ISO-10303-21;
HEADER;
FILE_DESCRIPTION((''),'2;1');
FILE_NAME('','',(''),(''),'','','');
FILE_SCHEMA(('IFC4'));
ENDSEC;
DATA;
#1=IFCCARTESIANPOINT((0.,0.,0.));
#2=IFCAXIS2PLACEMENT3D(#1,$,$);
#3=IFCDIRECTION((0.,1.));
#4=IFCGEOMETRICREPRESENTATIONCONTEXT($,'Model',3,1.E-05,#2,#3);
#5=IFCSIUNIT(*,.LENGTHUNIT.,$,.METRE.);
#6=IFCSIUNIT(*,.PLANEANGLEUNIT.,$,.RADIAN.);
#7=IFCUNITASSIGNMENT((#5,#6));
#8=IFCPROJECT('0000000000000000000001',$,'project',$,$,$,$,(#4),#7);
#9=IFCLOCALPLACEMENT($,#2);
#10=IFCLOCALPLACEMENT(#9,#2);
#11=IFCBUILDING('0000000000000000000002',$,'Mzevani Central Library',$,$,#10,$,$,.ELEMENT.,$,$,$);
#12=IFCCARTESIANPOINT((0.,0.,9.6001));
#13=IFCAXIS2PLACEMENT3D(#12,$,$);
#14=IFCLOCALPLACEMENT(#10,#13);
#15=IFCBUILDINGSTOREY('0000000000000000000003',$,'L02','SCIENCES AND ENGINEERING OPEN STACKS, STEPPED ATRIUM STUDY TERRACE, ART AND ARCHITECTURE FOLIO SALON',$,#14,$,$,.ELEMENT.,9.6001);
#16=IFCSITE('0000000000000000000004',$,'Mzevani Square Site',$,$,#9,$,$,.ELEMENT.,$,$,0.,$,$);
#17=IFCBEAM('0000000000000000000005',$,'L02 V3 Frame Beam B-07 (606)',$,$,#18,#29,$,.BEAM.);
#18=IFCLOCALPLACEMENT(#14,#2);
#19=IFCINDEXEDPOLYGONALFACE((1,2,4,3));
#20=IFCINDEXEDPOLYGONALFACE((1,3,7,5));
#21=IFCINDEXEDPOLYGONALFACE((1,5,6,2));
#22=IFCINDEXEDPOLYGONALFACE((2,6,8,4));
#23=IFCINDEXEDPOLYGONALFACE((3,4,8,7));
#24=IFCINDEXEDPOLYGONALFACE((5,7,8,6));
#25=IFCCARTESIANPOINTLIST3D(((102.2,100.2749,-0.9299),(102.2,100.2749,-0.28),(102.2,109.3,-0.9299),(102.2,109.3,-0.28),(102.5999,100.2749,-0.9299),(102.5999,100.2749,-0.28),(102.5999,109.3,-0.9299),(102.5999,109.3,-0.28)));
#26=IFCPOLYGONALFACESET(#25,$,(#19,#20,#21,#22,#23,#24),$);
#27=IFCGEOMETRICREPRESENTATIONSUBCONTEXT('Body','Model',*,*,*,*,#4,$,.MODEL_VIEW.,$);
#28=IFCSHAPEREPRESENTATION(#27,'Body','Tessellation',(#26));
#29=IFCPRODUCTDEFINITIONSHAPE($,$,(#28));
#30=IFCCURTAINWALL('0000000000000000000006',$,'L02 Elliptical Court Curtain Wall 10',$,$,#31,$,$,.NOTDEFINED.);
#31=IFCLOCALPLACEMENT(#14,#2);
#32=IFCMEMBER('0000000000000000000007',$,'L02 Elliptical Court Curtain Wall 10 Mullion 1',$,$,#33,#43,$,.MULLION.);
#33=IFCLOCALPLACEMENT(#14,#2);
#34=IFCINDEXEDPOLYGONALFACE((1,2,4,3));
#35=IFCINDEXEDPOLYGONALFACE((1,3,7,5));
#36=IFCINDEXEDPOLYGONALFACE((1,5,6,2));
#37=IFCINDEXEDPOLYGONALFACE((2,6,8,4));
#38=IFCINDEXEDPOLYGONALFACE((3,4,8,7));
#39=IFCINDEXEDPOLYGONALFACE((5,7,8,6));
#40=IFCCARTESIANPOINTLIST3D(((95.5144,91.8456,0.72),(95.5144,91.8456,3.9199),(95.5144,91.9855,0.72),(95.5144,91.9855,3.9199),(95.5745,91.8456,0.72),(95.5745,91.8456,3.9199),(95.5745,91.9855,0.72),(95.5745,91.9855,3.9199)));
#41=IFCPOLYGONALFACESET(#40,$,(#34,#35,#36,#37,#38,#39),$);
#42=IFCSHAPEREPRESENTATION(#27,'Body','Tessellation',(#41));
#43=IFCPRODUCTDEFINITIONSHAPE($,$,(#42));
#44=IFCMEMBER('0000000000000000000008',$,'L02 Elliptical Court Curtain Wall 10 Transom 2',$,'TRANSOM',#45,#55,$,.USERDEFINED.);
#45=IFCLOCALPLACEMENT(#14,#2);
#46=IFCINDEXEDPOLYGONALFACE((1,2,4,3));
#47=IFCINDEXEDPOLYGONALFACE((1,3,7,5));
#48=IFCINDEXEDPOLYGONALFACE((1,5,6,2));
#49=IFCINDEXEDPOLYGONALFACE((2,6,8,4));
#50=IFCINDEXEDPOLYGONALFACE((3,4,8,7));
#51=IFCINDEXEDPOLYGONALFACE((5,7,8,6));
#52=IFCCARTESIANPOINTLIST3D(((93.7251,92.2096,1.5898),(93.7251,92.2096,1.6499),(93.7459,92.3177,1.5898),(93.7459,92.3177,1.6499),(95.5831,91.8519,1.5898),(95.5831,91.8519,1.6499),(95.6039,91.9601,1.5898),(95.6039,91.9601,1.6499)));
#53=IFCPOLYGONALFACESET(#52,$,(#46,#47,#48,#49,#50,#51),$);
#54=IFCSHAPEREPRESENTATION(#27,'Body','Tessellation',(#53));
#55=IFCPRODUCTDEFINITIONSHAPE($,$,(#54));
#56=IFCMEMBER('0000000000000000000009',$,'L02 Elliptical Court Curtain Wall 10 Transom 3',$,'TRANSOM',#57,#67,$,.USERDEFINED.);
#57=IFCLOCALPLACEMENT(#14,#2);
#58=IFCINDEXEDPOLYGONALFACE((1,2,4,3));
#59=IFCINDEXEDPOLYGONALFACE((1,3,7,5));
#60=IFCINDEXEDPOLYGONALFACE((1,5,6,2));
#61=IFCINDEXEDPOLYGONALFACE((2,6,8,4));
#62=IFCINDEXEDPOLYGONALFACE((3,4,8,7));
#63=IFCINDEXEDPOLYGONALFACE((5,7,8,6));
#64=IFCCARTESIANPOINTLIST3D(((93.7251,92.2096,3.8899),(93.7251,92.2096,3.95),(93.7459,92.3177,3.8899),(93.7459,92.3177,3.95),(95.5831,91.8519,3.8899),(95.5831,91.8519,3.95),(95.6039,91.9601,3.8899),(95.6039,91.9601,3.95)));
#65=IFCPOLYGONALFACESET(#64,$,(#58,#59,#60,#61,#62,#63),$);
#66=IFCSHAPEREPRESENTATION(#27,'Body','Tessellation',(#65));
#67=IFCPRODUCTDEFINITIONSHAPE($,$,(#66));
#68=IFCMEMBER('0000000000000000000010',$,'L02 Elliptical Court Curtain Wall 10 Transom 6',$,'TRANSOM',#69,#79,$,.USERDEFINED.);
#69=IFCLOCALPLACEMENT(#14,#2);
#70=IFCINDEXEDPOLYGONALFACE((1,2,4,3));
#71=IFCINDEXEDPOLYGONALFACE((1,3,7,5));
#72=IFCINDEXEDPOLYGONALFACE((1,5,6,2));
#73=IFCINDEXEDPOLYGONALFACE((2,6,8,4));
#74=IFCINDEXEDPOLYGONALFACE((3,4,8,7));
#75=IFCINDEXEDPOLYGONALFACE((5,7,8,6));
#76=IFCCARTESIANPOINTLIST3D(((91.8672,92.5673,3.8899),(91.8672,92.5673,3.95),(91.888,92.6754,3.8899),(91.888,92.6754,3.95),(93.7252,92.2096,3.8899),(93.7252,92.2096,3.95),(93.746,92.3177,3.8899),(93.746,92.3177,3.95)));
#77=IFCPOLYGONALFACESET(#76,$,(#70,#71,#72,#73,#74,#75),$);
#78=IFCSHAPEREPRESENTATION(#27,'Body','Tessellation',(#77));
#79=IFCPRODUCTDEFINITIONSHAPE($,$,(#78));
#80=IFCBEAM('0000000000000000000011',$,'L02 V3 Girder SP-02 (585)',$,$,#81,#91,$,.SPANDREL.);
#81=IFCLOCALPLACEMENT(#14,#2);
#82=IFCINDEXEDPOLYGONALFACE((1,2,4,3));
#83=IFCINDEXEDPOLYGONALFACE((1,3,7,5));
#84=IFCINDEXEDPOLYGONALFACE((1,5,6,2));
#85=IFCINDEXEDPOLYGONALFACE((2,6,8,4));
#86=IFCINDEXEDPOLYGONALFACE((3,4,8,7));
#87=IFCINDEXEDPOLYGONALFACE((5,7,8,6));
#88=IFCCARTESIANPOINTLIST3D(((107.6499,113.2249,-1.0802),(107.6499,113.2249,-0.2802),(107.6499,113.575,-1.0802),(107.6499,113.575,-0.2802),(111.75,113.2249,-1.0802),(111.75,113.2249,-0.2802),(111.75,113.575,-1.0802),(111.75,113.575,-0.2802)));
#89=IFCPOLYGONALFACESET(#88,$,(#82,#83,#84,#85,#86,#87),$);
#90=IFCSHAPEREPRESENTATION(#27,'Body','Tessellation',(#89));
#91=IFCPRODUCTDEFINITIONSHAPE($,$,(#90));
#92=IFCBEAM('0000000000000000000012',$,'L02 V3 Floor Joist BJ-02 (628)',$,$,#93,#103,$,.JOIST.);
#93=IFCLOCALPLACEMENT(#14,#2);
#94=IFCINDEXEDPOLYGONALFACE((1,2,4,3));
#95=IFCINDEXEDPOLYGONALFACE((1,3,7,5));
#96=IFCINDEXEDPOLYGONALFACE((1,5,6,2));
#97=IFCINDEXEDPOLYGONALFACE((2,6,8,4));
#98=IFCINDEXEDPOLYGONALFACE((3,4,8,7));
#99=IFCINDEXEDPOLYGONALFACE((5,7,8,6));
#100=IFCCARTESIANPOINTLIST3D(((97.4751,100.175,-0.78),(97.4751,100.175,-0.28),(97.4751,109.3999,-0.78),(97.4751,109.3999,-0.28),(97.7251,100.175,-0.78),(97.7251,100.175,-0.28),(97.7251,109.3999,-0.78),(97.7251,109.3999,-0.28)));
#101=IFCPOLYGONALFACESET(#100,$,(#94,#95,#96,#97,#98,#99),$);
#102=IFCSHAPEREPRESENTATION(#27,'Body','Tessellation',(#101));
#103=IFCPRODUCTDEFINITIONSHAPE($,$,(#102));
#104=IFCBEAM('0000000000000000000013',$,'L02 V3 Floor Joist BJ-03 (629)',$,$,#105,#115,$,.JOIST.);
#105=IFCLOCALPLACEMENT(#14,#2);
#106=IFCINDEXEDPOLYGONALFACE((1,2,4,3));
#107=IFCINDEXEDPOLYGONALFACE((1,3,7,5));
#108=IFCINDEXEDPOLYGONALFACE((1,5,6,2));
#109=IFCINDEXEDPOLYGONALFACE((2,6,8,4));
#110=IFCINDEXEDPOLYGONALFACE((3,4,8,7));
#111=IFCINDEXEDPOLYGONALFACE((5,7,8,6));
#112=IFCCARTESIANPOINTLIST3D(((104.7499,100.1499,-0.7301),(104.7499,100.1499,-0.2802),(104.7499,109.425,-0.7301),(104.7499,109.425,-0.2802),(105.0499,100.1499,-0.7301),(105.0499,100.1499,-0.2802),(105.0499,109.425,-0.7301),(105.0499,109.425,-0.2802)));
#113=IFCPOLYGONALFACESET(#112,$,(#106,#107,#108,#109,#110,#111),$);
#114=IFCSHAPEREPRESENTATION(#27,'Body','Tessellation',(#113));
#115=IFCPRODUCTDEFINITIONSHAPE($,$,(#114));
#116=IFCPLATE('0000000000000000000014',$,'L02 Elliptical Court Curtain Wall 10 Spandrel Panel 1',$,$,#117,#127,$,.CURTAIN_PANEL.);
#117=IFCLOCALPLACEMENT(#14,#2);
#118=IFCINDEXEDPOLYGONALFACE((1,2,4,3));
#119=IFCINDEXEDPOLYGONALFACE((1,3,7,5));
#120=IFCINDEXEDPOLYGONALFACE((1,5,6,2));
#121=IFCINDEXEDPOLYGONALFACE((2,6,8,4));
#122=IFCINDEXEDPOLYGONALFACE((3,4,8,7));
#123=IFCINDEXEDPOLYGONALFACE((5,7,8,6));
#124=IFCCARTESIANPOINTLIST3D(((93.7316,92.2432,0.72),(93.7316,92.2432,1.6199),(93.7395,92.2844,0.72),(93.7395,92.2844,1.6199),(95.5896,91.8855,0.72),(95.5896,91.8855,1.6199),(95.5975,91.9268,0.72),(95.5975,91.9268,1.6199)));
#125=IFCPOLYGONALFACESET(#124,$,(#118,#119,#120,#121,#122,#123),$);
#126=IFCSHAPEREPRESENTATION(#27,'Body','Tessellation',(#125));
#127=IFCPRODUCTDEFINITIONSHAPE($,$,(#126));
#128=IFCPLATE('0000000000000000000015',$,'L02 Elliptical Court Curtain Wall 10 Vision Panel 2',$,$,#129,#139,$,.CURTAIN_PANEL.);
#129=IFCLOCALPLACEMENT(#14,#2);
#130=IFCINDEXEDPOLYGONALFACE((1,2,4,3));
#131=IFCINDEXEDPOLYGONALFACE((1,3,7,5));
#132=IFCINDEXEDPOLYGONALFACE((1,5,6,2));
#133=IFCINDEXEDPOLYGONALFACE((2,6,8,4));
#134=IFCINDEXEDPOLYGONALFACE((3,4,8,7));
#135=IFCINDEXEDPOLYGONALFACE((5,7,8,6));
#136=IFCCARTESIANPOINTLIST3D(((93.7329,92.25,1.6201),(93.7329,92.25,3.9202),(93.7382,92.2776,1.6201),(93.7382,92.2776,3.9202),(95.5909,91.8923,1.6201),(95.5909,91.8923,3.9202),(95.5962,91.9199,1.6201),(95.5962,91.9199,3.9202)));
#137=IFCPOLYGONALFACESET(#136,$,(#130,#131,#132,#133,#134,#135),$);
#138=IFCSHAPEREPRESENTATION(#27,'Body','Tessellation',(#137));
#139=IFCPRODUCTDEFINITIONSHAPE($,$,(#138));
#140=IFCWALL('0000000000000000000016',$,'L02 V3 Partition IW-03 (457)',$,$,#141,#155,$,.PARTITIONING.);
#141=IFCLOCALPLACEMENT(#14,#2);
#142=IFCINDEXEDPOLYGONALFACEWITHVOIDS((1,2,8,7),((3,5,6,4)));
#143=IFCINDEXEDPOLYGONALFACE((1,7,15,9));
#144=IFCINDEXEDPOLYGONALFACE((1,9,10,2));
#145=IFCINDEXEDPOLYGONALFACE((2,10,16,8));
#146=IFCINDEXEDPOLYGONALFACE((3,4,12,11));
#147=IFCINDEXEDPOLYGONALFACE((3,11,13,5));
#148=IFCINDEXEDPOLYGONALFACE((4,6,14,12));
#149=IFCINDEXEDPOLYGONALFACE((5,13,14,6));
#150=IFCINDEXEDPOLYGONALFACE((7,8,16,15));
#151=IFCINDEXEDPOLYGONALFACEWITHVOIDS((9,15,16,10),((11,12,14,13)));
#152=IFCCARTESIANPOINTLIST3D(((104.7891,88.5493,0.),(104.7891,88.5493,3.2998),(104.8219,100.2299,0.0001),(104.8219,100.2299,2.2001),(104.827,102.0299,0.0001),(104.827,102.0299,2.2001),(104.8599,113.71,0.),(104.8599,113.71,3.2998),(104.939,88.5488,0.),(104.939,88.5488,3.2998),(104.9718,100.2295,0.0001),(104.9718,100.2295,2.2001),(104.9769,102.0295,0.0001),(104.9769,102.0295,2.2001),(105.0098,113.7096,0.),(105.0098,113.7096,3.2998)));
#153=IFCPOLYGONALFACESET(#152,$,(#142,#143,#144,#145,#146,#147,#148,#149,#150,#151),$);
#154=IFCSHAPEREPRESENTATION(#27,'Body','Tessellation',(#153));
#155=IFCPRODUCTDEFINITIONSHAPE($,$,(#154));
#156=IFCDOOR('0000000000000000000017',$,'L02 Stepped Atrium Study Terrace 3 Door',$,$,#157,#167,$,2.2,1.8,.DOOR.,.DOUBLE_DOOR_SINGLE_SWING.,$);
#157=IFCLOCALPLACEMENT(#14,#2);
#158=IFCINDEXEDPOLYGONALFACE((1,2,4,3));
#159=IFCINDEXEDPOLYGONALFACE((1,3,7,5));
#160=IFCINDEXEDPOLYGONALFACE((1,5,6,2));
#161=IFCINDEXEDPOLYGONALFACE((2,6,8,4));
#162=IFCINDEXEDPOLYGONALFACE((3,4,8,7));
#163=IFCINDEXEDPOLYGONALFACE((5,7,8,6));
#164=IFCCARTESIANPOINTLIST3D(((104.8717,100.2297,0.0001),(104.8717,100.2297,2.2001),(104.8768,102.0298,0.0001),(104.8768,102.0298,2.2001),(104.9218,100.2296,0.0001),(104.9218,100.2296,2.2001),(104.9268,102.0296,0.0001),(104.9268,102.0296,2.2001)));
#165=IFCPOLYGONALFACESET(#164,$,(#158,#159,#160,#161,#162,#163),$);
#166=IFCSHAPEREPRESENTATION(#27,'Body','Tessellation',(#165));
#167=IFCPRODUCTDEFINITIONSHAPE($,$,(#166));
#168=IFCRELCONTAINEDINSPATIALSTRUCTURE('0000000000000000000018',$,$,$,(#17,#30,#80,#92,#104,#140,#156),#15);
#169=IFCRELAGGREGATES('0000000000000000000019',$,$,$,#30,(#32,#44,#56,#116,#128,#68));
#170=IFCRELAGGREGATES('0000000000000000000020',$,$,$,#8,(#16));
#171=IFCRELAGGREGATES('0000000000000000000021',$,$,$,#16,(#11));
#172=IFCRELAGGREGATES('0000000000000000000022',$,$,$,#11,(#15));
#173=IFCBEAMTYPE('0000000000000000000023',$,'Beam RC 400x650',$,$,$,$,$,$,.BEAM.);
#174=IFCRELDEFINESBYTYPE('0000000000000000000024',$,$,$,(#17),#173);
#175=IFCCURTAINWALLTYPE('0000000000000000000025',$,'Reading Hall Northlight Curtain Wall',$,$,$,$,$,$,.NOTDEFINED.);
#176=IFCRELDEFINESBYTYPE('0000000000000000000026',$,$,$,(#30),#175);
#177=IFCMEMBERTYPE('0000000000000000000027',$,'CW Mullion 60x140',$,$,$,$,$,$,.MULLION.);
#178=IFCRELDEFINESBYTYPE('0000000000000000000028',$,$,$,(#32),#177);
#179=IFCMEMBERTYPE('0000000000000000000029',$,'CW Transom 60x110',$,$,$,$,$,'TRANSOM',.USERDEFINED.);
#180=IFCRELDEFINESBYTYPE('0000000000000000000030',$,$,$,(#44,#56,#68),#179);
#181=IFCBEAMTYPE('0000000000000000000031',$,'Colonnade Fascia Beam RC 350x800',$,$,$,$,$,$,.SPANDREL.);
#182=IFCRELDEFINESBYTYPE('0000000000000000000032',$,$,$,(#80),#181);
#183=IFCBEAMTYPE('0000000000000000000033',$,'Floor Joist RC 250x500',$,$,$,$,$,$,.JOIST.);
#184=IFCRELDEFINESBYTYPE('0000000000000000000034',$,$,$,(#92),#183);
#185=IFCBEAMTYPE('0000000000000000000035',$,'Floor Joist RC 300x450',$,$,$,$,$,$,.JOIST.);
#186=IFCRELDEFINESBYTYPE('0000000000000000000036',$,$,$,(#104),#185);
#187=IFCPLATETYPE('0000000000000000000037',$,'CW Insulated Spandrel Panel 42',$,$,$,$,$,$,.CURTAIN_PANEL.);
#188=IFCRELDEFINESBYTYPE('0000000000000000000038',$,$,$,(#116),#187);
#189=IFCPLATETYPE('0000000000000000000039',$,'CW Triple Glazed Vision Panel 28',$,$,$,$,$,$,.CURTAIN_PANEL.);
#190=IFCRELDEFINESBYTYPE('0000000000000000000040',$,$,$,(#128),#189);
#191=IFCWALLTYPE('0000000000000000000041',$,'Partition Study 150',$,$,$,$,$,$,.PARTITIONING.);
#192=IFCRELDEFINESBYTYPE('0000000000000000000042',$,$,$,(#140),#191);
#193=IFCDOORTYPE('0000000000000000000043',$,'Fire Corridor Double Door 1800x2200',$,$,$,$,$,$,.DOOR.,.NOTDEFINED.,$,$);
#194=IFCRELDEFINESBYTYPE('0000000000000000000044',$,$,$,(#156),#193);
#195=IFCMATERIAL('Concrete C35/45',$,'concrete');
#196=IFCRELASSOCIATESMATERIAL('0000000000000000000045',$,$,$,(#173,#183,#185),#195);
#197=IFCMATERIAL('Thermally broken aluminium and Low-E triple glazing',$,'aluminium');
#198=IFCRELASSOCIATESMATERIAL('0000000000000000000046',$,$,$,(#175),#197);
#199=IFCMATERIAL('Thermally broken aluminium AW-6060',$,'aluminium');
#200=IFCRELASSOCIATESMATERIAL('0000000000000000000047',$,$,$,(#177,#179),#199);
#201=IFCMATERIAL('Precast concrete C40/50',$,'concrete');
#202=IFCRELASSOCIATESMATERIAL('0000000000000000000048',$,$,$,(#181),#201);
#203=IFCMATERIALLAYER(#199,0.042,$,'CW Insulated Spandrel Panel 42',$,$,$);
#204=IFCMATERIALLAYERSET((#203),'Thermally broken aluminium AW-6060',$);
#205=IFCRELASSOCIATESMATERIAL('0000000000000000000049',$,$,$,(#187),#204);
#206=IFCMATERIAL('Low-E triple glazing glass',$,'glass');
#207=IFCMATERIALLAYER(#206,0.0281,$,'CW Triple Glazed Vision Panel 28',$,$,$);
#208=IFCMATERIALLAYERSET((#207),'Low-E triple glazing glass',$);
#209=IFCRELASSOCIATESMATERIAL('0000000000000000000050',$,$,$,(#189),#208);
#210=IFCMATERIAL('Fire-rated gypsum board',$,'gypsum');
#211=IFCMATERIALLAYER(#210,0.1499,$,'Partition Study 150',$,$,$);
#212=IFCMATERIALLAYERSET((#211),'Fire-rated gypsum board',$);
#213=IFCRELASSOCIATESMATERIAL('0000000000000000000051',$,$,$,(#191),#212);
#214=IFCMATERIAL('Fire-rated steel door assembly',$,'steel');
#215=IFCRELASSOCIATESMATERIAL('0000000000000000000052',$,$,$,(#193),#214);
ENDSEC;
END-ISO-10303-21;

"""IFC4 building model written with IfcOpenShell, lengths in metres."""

from ifc_helpers import new_model, si_unit, direction, frame, frame_2d, origin, origin_2d, place, context, subcontext, project, spatial, rectangle, extrude, material, layer, layer_set, material_profile, profile_set, type_object, element, fill, aggregate, save


model = new_model("IFC4")

# Units and contexts
model_context = context("Model", 3, precision=1e-05, world=origin(), true_north=direction((0.0, 1.0)))
body_context = subcontext(model_context, "Body", "Model", "MODEL_VIEW")
ifc_project = project(units=[si_unit("LENGTHUNIT", "METRE"), si_unit("PLANEANGLEUNIT", "RADIAN")], contexts=[model_context])

# Site, building, storey
site_placement = place(None, origin())
site = spatial("IfcSite", under=ifc_project, at=site_placement, Name="Mzevani Square Site", CompositionType="ELEMENT", RefElevation=0.0)
building_placement = place(site_placement, origin())
building = spatial("IfcBuilding", under=site, at=building_placement, Name="Mzevani Central Library", CompositionType="ELEMENT")
storey_placement = place(building_placement, frame((0.0, 0.0, 9.6001)))
storey = spatial("IfcBuildingStorey", under=building, at=storey_placement, Name="L02", Description="SCIENCES AND ENGINEERING OPEN STACKS, STEPPED ATRIUM STUDY TERRACE, ART AND ARCHITECTURE FOLIO SALON", CompositionType="ELEMENT", Elevation=9.6001)

# Beam
ifc_material_1 = material(Name="Concrete C35/45", Category="concrete")
ifc_material_profile_1 = material_profile(ifc_material_1, rectangle(XDim=0.3999, YDim=0.6499, at=origin_2d()), Name="RC B400x650")
ifc_profile_set_1 = profile_set([ifc_material_profile_1], Name="Concrete C35/45")
beam_type_1 = type_object("IfcBeamType", Name="Beam RC 400x650", PredefinedType="BEAM", material=ifc_profile_set_1)
beam_1_placement = place(storey_placement, frame((102.3999, 100.2749, -0.605), z_axis=(0.0, 1.0, 0.0), x_axis=(-1.0, 0.0, 0.0)))
element("IfcBeam", 1, at=beam_1_placement, inside=storey, type_object=beam_type_1, Name="L02 V3 Frame Beam B-07 (606)", PredefinedType="BEAM", context=body_context, shape_type="SweptSolid", body=[
    extrude(rectangle(XDim=0.3999, YDim=0.6499, at=origin_2d()), origin(), (0.0, 0.0, 1.0), 9.0251),
])

# Curtain wall, members
ifc_material_2 = material(Name="Thermally broken aluminium and Low-E triple glazing", Category="aluminium")
curtain_wall_type = type_object("IfcCurtainWallType", Name="Reading Hall Northlight Curtain Wall", PredefinedType="NOTDEFINED", material=ifc_material_2)
curtain_wall_placement = place(storey_placement, origin())
curtain_wall = element("IfcCurtainWall", 2, at=curtain_wall_placement, inside=storey, type_object=curtain_wall_type, Name="L02 Elliptical Court Curtain Wall 10", PredefinedType="NOTDEFINED")
ifc_material_3 = material(Name="Thermally broken aluminium AW-6060", Category="aluminium")
ifc_material_profile_2 = material_profile(ifc_material_3, rectangle(XDim=0.0601, YDim=0.1399, at=origin_2d()), Name="ALU M60x140")
ifc_profile_set_2 = profile_set([ifc_material_profile_2], Name="Thermally broken aluminium AW-6060")
member_type_1 = type_object("IfcMemberType", Name="CW Mullion 60x140", PredefinedType="MULLION", material=ifc_profile_set_2)
member_1_placement = place(storey_placement, frame((95.5444, 91.9155, 0.72), z_axis=(0.0, 0.0, 1.0), x_axis=(1.0, 0.0, 0.0)))
member_1 = element("IfcMember", 3, at=member_1_placement, type_object=member_type_1, Name="L02 Elliptical Court Curtain Wall 10 Mullion 1", PredefinedType="MULLION", context=body_context, shape_type="SweptSolid", body=[
    extrude(rectangle(XDim=0.0601, YDim=0.1399, at=origin_2d()), origin(), (0.0, 0.0, 1.0), 3.2),
])
ifc_material_profile_3 = material_profile(ifc_material_3, rectangle(XDim=0.1101, YDim=0.0601, at=origin_2d()), Name="ALU T60x110")
ifc_profile_set_3 = profile_set([ifc_material_profile_3], Name="Thermally broken aluminium AW-6060")
member_type_2 = type_object("IfcMemberType", Name="CW Transom 60x110", ElementType="TRANSOM", PredefinedType="USERDEFINED", material=ifc_profile_set_3)
member_2_placement = place(storey_placement, frame((95.5935, 91.906, 1.6199), z_axis=(-0.98197, 0.189039, 0.0), x_axis=(-0.189039, -0.98197, 0.0)))
member_2 = element("IfcMember", 4, at=member_2_placement, type_object=member_type_2, Name="L02 Elliptical Court Curtain Wall 10 Transom 2", ObjectType="TRANSOM", PredefinedType="USERDEFINED", context=body_context, shape_type="SweptSolid", body=[
    extrude(rectangle(XDim=0.1101, YDim=0.0601, at=origin_2d()), origin(), (0.0, 0.0, 1.0), 1.8921),
])
member_3_placement = place(storey_placement, frame((95.5935, 91.906, 3.9199), z_axis=(-0.98197, 0.189039, 0.0), x_axis=(-0.189039, -0.98197, 0.0)))
member_3 = element("IfcMember", 5, at=member_3_placement, type_object=member_type_2, Name="L02 Elliptical Court Curtain Wall 10 Transom 3", ObjectType="TRANSOM", PredefinedType="USERDEFINED", context=body_context, shape_type="SweptSolid", body=[
    extrude(rectangle(XDim=0.1101, YDim=0.0601, at=origin_2d()), origin(), (0.0, 0.0, 1.0), 1.8921),
])
member_4_placement = place(storey_placement, frame((93.7356, 92.2637, 3.9199), z_axis=(-0.98197, 0.189039, 0.0), x_axis=(-0.189039, -0.98197, 0.0)))
member_4 = element("IfcMember", 6, at=member_4_placement, type_object=member_type_2, Name="L02 Elliptical Court Curtain Wall 10 Transom 6", ObjectType="TRANSOM", PredefinedType="USERDEFINED", context=body_context, shape_type="SweptSolid", body=[
    extrude(rectangle(XDim=0.1101, YDim=0.0601, at=origin_2d()), origin(), (0.0, 0.0, 1.0), 1.8921),
])

# Beams
ifc_material_4 = material(Name="Precast concrete C40/50", Category="concrete")
ifc_material_profile_4 = material_profile(ifc_material_4, rectangle(XDim=0.3501, YDim=0.8, at=origin_2d()), Name="RC SP350x800")
ifc_profile_set_4 = profile_set([ifc_material_profile_4], Name="Precast concrete C40/50")
beam_type_2 = type_object("IfcBeamType", Name="Colonnade Fascia Beam RC 350x800", PredefinedType="SPANDREL", material=ifc_profile_set_4)
beam_2_placement = place(storey_placement, frame((107.6499, 113.3999, -0.6802), z_axis=(1.0, 0.0, 0.0), x_axis=(0.0, 1.0, 0.0)))
element("IfcBeam", 7, at=beam_2_placement, inside=storey, type_object=beam_type_2, Name="L02 V3 Girder SP-02 (585)", PredefinedType="SPANDREL", context=body_context, shape_type="SweptSolid", body=[
    extrude(rectangle(XDim=0.3501, YDim=0.8, at=origin_2d()), origin(), (0.0, 0.0, 1.0), 4.1001),
])
ifc_material_profile_5 = material_profile(ifc_material_1, rectangle(XDim=0.25, YDim=0.5, at=origin_2d()), Name="RC J250x500")
ifc_profile_set_5 = profile_set([ifc_material_profile_5], Name="Concrete C35/45")
beam_type_3 = type_object("IfcBeamType", Name="Floor Joist RC 250x500", PredefinedType="JOIST", material=ifc_profile_set_5)
beam_3_placement = place(storey_placement, frame((97.6001, 100.175, -0.53), z_axis=(0.0, 1.0, 0.0), x_axis=(-1.0, 0.0, 0.0)))
element("IfcBeam", 8, at=beam_3_placement, inside=storey, type_object=beam_type_3, Name="L02 V3 Floor Joist BJ-02 (628)", PredefinedType="JOIST", context=body_context, shape_type="SweptSolid", body=[
    extrude(rectangle(XDim=0.25, YDim=0.5, at=origin_2d()), origin(), (0.0, 0.0, 1.0), 9.2249),
])
ifc_material_profile_6 = material_profile(ifc_material_1, rectangle(XDim=0.3, YDim=0.45, at=origin_2d()), Name="RC J300x450")
ifc_profile_set_6 = profile_set([ifc_material_profile_6], Name="Concrete C35/45")
beam_type_4 = type_object("IfcBeamType", Name="Floor Joist RC 300x450", PredefinedType="JOIST", material=ifc_profile_set_6)
beam_4_placement = place(storey_placement, frame((104.8999, 100.1499, -0.5051), z_axis=(0.0, 1.0, 0.0), x_axis=(-1.0, 0.0, 0.0)))
element("IfcBeam", 9, at=beam_4_placement, inside=storey, type_object=beam_type_4, Name="L02 V3 Floor Joist BJ-03 (629)", PredefinedType="JOIST", context=body_context, shape_type="SweptSolid", body=[
    extrude(rectangle(XDim=0.3, YDim=0.45, at=origin_2d()), origin(), (0.0, 0.0, 1.0), 9.2751),
])

# Plates
ifc_layer_1 = layer(ifc_material_3, 0.042, Name="CW Insulated Spandrel Panel 42")
ifc_layer_set_1 = layer_set([ifc_layer_1], Name="Thermally broken aluminium AW-6060")
plate_type_1 = type_object("IfcPlateType", Name="CW Insulated Spandrel Panel 42", PredefinedType="CURTAIN_PANEL", material=ifc_layer_set_1)
plate_1_placement = place(storey_placement, frame((94.6646, 92.085, 0.72), z_axis=(0.0, 0.0, 1.0), x_axis=(-0.981972, 0.189027, 0.0)))
plate_1 = element("IfcPlate", 10, at=plate_1_placement, type_object=plate_type_1, Name="L02 Elliptical Court Curtain Wall 10 Spandrel Panel 1", PredefinedType="CURTAIN_PANEL", context=body_context, shape_type="SweptSolid", body=[
    extrude(rectangle(XDim=1.8921, YDim=0.042, at=origin_2d()), origin(), (0.0, 0.0, 1.0), 0.8999),
])
ifc_material_5 = material(Name="Low-E triple glazing glass", Category="glass")
ifc_layer_2 = layer(ifc_material_5, 0.0281, Name="CW Triple Glazed Vision Panel 28")
ifc_layer_set_2 = layer_set([ifc_layer_2], Name="Low-E triple glazing glass")
plate_type_2 = type_object("IfcPlateType", Name="CW Triple Glazed Vision Panel 28", PredefinedType="CURTAIN_PANEL", material=ifc_layer_set_2)
plate_2_placement = place(storey_placement, frame((94.6646, 92.085, 1.6201), z_axis=(0.0, 0.0, 1.0), x_axis=(-0.981972, 0.189027, 0.0)))
plate_2 = element("IfcPlate", 11, at=plate_2_placement, type_object=plate_type_2, Name="L02 Elliptical Court Curtain Wall 10 Vision Panel 2", PredefinedType="CURTAIN_PANEL", context=body_context, shape_type="SweptSolid", body=[
    extrude(rectangle(XDim=1.8921, YDim=0.0281, at=origin_2d()), origin(), (0.0, 0.0, 1.0), 2.3),
])
aggregate(curtain_wall, [member_1, member_2, member_3, plate_1, plate_2, member_4])

# Wall, opening, door
ifc_material_6 = material(Name="Fire-rated gypsum board", Category="gypsum")
ifc_layer_3 = layer(ifc_material_6, 0.1499, Name="Partition Study 150")
ifc_layer_set_3 = layer_set([ifc_layer_3], Name="Fire-rated gypsum board")
wall_type = type_object("IfcWallType", Name="Partition Study 150", PredefinedType="PARTITIONING", material=ifc_layer_set_3)
wall_placement = place(storey_placement, frame((104.9348, 113.71, 0.0), z_axis=(0.0, 0.0, 1.0), x_axis=(-0.002814, -0.999996, 0.0)))
wall = element("IfcWall", 12, at=wall_placement, inside=storey, type_object=wall_type, Name="L02 V3 Partition IW-03 (457)", PredefinedType="PARTITIONING", context=body_context, shape_type="SweptSolid", body=[
    extrude(rectangle(XDim=25.1609, YDim=0.1499, at=frame_2d((12.5806, 0.0))), origin(), (0.0, 0.0, 1.0), 3.2998),
])
opening_placement = place(wall_placement, frame((11.6804, 0.0, 0.0)))
opening = element("IfcOpeningElement", 13, at=opening_placement, cuts=wall, PredefinedType="OPENING", context=body_context, shape_type="SweptSolid", body=[
    extrude(rectangle(XDim=1.8, YDim=2.2, at=frame_2d((0.8999, 1.1001))), frame((0.0, 0.085, 0.0), z_axis=(0.0, -1.0, 0.0), x_axis=(1.0, 0.0, 0.0)), (0.0, 0.0, 1.0), 0.1699),
])
ifc_material_7 = material(Name="Fire-rated steel door assembly", Category="steel")
door_type = type_object("IfcDoorType", Name="Fire Corridor Double Door 1800x2200", OperationType="NOTDEFINED", PredefinedType="DOOR", material=ifc_material_7)
door_placement = place(opening_placement, origin())
door = element("IfcDoor", 14, at=door_placement, inside=storey, type_object=door_type, Name="L02 Stepped Atrium Study Terrace 3 Door", OperationType="DOUBLE_DOOR_SINGLE_SWING", OverallHeight=2.2, OverallWidth=1.8, PredefinedType="DOOR", context=body_context, shape_type="SweptSolid", body=[
    extrude(rectangle(XDim=1.8, YDim=2.2, at=frame_2d((0.8999, 1.1001))), frame((0.0, 0.0249, 0.0), z_axis=(0.0, -1.0, 0.0), x_axis=(1.0, 0.0, 0.0)), (0.0, 0.0, 1.0), 0.05),
])
fill(opening, door)

save(model, "model.ifc")
